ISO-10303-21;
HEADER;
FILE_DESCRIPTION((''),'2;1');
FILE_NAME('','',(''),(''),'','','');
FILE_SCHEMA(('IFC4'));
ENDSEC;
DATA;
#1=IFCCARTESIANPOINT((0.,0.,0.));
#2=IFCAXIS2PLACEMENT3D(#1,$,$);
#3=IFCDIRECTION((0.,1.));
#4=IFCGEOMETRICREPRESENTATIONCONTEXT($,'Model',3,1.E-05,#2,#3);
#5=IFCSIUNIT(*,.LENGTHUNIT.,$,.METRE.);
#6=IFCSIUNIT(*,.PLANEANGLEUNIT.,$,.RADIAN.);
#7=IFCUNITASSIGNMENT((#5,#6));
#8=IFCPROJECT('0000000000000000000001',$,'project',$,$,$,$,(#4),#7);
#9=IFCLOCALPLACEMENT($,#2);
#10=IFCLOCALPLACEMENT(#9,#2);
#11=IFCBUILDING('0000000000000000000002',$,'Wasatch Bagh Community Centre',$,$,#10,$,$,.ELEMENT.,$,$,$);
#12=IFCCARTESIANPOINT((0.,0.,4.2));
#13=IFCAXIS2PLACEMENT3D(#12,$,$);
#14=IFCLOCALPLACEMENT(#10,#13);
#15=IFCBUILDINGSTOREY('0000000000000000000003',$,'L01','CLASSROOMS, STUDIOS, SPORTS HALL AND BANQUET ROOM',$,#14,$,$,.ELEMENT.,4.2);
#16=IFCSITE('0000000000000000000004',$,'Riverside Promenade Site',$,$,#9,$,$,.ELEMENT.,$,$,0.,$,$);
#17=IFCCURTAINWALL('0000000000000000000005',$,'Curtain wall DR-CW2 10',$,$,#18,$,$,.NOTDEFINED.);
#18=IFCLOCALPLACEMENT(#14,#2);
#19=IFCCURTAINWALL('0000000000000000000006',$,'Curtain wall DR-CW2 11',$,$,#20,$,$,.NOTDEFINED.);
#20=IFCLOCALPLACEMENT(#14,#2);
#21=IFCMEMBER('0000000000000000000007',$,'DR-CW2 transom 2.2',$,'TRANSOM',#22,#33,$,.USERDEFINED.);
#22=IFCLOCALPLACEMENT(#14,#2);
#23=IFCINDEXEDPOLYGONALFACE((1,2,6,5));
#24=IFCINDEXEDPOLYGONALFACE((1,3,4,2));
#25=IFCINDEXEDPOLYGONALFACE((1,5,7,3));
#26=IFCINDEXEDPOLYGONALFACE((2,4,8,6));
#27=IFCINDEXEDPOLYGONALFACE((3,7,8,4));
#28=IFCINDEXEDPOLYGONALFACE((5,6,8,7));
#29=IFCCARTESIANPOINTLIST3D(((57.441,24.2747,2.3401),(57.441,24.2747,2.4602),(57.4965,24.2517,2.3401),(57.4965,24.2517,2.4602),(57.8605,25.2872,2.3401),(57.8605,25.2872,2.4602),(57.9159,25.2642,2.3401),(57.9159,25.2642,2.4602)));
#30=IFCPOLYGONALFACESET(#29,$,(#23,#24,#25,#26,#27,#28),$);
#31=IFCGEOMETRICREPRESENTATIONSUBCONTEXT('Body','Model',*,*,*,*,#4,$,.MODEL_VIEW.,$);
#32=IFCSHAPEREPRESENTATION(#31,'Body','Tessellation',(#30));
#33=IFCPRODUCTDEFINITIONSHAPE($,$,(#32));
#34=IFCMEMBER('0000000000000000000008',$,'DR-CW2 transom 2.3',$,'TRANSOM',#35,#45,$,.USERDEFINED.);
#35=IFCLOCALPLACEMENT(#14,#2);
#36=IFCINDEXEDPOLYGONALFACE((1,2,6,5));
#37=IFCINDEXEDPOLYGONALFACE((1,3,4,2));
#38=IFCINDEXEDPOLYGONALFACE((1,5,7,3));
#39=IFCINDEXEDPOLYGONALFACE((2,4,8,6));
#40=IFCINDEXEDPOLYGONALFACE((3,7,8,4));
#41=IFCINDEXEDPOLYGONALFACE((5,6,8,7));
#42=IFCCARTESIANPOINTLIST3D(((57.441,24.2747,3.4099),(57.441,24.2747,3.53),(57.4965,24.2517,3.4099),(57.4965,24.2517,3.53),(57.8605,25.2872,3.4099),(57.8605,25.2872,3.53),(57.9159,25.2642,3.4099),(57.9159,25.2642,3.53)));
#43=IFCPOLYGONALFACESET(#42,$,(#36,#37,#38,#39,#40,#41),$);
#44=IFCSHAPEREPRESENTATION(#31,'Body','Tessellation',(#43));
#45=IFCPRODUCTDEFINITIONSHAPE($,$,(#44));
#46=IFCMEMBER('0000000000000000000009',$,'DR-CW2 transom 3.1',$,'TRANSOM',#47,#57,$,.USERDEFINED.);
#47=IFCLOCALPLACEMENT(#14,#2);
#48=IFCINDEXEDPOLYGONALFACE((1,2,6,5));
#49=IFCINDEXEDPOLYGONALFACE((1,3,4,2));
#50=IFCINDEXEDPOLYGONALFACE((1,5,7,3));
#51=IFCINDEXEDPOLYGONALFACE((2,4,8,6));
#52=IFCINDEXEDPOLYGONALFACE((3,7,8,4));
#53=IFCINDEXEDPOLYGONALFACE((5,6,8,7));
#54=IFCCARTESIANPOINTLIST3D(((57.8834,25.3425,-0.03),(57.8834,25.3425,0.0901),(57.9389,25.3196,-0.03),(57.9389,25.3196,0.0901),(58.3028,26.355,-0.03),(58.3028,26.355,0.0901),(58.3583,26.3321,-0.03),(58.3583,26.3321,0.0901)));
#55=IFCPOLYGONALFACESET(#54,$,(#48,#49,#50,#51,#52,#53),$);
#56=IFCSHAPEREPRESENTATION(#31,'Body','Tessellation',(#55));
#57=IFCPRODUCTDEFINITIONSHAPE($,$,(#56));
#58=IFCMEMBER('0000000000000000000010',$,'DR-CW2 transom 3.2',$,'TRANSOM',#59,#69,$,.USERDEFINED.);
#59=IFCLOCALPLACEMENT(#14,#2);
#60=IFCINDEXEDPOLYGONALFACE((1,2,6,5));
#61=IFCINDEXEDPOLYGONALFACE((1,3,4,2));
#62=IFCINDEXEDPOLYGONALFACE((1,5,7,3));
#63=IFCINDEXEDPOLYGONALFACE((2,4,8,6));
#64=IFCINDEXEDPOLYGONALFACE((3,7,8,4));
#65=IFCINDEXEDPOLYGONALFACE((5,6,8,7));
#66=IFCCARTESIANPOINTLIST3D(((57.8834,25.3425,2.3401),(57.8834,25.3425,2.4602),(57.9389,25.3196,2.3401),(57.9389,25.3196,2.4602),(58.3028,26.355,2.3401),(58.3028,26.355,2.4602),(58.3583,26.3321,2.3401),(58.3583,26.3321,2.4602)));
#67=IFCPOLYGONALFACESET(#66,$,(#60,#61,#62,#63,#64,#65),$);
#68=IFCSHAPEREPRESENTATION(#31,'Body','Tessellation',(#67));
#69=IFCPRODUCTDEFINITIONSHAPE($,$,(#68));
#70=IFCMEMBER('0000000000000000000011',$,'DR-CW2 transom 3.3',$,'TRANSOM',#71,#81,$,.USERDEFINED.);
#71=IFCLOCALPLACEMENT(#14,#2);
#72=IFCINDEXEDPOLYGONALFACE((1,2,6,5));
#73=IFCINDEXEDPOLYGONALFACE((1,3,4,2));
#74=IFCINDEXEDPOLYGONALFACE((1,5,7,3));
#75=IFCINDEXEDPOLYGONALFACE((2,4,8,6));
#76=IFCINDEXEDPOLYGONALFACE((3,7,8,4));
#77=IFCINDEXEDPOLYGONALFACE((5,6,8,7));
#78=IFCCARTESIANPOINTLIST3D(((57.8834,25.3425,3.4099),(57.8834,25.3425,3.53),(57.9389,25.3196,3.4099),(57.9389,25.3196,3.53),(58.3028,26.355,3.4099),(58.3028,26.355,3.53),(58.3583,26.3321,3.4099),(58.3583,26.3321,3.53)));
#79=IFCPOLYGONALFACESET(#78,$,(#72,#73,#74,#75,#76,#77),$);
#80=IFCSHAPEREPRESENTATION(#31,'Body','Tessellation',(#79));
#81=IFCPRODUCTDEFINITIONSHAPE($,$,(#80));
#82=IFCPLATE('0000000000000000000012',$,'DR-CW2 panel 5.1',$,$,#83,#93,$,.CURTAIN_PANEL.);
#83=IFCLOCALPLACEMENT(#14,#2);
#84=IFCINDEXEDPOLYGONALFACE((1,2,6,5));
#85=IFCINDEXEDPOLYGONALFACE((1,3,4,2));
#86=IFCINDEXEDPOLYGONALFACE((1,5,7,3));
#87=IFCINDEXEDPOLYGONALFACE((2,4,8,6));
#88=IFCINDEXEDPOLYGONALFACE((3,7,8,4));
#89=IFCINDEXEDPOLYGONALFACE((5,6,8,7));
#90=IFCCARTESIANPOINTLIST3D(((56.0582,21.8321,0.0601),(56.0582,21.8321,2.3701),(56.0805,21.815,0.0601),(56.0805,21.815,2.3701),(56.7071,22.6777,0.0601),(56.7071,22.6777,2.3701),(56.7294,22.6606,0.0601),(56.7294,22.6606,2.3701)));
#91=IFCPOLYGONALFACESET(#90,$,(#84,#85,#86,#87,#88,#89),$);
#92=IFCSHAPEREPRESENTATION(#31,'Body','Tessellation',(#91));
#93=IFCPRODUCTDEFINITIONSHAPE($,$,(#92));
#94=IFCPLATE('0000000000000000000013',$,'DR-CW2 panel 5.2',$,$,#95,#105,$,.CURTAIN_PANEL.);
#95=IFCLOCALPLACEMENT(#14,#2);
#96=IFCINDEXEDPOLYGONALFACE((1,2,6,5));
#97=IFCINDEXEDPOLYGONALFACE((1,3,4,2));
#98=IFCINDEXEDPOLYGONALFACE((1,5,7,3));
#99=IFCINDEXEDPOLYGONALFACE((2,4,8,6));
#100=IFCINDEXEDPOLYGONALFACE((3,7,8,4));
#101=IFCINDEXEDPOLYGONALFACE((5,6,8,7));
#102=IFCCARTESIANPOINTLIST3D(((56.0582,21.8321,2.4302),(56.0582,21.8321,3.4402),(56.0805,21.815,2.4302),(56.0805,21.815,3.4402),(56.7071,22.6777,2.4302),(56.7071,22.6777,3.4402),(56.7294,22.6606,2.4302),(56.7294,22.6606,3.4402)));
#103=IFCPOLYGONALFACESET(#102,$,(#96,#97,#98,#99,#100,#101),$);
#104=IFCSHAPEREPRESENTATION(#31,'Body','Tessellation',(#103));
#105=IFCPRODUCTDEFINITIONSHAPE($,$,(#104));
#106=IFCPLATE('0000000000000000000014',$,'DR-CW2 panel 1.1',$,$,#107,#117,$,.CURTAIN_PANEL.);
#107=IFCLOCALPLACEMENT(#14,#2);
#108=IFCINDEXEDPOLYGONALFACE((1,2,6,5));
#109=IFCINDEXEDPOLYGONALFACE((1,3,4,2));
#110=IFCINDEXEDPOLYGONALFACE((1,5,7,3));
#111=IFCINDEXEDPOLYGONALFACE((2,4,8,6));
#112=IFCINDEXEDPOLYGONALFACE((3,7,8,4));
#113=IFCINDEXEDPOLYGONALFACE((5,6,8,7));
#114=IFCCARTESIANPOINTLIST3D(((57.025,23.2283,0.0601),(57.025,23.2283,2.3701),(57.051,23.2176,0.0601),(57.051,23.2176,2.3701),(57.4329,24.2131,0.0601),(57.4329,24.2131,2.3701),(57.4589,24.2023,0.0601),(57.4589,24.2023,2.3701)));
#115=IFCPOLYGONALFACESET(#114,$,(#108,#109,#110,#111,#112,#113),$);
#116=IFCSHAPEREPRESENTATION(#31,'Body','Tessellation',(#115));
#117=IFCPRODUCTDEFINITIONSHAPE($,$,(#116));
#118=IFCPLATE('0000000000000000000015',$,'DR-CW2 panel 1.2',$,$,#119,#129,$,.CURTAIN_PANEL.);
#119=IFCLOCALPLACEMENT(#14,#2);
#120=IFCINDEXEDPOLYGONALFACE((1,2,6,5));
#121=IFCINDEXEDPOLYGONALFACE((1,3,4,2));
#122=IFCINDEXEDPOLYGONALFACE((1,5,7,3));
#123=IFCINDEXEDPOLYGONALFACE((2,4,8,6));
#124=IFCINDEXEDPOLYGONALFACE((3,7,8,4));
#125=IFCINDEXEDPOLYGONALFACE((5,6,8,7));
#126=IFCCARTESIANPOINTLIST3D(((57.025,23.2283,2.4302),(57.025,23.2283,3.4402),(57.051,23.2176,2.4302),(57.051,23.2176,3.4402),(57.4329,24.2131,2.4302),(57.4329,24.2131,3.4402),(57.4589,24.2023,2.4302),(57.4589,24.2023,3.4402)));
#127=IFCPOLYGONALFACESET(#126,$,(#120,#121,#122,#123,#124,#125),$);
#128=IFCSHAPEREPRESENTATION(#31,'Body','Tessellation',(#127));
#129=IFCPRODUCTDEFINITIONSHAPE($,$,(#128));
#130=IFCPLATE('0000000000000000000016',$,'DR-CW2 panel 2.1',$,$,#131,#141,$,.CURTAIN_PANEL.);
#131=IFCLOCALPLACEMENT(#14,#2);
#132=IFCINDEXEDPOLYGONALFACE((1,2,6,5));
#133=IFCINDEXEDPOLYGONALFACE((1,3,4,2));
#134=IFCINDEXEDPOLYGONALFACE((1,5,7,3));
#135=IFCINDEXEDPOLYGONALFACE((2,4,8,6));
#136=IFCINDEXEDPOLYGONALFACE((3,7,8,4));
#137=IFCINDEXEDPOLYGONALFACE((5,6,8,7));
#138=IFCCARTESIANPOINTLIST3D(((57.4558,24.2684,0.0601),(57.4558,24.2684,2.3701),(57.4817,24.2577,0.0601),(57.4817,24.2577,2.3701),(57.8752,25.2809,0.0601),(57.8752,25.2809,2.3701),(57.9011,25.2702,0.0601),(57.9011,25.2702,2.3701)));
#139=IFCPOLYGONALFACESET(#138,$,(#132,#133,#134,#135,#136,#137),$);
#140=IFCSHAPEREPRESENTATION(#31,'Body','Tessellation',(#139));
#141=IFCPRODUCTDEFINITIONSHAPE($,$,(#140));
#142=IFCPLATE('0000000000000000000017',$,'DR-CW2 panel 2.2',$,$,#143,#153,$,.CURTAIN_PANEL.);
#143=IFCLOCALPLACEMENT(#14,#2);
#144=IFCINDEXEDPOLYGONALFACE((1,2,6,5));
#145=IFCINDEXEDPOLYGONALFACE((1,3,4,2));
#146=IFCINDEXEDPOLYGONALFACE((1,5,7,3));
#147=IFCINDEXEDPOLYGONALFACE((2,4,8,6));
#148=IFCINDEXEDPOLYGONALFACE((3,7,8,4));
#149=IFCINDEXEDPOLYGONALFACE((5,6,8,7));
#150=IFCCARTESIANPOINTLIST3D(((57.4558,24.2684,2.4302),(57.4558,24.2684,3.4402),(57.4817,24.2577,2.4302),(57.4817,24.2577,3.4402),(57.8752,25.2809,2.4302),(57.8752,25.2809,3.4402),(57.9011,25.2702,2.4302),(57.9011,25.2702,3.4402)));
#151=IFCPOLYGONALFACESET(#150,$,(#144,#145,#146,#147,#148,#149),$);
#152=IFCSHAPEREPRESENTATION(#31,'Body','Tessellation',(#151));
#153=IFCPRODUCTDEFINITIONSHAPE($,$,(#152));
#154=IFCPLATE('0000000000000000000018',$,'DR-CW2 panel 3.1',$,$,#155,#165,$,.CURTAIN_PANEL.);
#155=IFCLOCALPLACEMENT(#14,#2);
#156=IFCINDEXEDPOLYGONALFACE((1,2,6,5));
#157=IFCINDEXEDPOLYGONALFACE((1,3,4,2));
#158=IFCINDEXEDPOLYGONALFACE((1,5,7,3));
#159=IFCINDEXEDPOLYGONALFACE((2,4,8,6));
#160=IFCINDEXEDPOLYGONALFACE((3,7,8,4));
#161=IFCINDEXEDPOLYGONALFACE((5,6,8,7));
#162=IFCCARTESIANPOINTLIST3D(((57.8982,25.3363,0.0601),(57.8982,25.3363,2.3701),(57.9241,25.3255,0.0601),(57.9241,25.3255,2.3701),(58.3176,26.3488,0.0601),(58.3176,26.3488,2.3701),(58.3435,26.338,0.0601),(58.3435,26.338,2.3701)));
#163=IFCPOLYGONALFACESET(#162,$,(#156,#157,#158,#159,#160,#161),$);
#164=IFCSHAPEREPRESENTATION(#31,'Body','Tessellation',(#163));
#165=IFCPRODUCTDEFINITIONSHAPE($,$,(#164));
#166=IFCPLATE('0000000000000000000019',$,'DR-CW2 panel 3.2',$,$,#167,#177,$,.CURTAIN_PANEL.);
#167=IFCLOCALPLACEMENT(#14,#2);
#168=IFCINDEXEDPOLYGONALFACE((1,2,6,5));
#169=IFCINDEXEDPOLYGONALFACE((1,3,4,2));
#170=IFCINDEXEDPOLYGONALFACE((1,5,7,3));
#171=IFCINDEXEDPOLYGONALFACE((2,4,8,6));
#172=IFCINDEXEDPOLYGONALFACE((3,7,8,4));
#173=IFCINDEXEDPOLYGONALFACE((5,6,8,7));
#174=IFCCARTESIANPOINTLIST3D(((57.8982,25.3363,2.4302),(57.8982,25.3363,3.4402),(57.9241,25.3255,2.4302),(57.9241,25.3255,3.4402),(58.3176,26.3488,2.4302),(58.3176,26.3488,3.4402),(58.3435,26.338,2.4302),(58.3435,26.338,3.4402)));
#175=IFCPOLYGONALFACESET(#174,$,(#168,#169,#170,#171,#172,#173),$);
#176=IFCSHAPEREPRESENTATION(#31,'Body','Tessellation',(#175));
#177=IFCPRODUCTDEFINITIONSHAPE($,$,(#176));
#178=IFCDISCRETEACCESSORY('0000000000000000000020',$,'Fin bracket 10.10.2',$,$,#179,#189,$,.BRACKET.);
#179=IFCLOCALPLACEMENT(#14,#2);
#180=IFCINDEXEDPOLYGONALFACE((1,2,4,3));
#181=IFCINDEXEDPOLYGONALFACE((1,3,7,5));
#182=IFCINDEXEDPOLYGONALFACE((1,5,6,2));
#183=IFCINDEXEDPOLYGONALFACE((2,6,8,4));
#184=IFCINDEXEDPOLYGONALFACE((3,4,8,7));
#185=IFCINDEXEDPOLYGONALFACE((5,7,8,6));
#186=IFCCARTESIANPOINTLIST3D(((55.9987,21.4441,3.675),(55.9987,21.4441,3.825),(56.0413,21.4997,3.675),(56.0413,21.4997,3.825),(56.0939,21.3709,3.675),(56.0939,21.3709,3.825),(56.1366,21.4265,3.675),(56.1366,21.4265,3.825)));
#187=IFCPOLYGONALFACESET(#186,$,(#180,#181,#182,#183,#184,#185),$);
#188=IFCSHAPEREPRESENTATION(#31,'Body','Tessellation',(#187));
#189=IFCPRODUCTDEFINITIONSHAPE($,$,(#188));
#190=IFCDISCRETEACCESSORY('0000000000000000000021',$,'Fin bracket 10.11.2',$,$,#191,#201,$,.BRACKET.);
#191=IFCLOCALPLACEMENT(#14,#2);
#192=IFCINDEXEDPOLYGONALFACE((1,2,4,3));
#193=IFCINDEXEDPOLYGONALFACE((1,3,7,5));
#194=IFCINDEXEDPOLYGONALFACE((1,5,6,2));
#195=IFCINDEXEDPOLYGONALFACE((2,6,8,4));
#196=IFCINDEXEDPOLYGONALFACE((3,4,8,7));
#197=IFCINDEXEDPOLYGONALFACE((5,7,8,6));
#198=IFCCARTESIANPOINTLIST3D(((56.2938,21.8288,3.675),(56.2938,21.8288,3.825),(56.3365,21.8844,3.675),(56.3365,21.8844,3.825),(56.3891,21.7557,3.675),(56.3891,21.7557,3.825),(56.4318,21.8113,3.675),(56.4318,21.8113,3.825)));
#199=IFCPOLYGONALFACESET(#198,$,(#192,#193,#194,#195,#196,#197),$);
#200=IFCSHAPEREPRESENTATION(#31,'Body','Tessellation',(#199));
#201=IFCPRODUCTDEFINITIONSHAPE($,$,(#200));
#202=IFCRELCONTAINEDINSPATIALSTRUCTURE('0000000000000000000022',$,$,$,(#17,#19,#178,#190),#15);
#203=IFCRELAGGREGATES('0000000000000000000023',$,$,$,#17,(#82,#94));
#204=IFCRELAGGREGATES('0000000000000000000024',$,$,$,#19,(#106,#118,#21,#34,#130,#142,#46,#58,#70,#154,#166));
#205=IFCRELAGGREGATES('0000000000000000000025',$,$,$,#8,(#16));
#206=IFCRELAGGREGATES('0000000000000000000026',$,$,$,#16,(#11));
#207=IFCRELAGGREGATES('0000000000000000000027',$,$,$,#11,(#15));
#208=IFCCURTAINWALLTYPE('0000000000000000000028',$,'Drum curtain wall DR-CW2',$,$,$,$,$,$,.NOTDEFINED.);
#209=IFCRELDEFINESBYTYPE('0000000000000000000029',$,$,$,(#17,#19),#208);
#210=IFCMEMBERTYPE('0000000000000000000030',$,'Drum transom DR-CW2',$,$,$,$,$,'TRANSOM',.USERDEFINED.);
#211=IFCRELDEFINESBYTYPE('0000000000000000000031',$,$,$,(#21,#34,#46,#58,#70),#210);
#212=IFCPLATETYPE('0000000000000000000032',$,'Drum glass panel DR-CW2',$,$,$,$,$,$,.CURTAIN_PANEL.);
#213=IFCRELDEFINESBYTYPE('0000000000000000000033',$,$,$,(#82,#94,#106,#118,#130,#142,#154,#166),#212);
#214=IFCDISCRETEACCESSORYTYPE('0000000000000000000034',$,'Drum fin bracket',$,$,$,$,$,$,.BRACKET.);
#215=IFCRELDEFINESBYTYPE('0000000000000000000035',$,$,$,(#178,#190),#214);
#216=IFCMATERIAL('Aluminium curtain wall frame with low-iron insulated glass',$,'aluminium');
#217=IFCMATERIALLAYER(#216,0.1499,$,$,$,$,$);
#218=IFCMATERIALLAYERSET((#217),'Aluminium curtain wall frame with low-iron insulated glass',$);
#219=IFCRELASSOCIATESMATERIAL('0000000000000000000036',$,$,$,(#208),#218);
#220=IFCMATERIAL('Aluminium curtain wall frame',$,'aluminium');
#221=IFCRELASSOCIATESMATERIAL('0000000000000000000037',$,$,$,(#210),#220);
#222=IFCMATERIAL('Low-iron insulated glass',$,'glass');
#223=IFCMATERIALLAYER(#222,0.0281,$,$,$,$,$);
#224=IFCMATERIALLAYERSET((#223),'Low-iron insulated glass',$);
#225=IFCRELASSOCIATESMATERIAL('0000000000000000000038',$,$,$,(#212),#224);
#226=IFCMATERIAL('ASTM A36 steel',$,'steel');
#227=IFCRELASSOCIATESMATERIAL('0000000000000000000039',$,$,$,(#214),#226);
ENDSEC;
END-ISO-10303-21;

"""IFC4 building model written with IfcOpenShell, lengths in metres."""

from ifc_helpers import new_model, si_unit, direction, frame, origin, origin_2d, place, context, subcontext, project, spatial, rectangle, extrude, material, layer, layer_set, material_profile, profile_set, type_object, element, aggregate, save


model = new_model("IFC4")

# Units and contexts
model_context = context("Model", 3, precision=1e-05, world=origin(), true_north=direction((0.0, 1.0)))
body_context = subcontext(model_context, "Body", "Model", "MODEL_VIEW")
ifc_project = project(units=[si_unit("LENGTHUNIT", "METRE"), si_unit("PLANEANGLEUNIT", "RADIAN")], contexts=[model_context])

# Site, building, storey
site_placement = place(None, origin())
site = spatial("IfcSite", under=ifc_project, at=site_placement, Name="Riverside Promenade Site", CompositionType="ELEMENT", RefElevation=0.0)
building_placement = place(site_placement, origin())
building = spatial("IfcBuilding", under=site, at=building_placement, Name="Wasatch Bagh Community Centre", CompositionType="ELEMENT")
storey_placement = place(building_placement, frame((0.0, 0.0, 4.2)))
storey = spatial("IfcBuildingStorey", under=building, at=storey_placement, Name="L01", Description="CLASSROOMS, STUDIOS, SPORTS HALL AND BANQUET ROOM", CompositionType="ELEMENT", Elevation=4.2)

# Curtain walls
ifc_material_1 = material(Name="Aluminium curtain wall frame with low-iron insulated glass", Category="aluminium")
ifc_layer_1 = layer(ifc_material_1, 0.1499)
ifc_layer_set_1 = layer_set([ifc_layer_1], Name="Aluminium curtain wall frame with low-iron insulated glass")
curtain_wall_type = type_object("IfcCurtainWallType", Name="Drum curtain wall DR-CW2", PredefinedType="NOTDEFINED", material=ifc_layer_set_1)
curtain_wall_1_placement = place(storey_placement, origin())
curtain_wall_1 = element("IfcCurtainWall", 1, at=curtain_wall_1_placement, inside=storey, type_object=curtain_wall_type, Name="Curtain wall DR-CW2 10", PredefinedType="NOTDEFINED")
ifc_material_2 = material(Name="Aluminium curtain wall frame", Category="aluminium")
curtain_wall_2_placement = place(storey_placement, origin())
curtain_wall_2 = element("IfcCurtainWall", 2, at=curtain_wall_2_placement, inside=storey, type_object=curtain_wall_type, Name="Curtain wall DR-CW2 11", PredefinedType="NOTDEFINED")

# Members
ifc_material_profile_1 = material_profile(ifc_material_2, rectangle(XDim=0.0601, YDim=0.1201, at=origin_2d()), Name="Drum transom DR-CW2")
ifc_profile_set_1 = profile_set([ifc_material_profile_1], Name="Aluminium curtain wall frame")
member_type_1 = type_object("IfcMemberType", Name="Drum transom DR-CW2", ElementType="TRANSOM", PredefinedType="USERDEFINED", material=ifc_profile_set_1)
member_1_placement = place(storey_placement, frame((57.4688, 24.2632, 2.4001), z_axis=(0.382732, 0.923859, 0.0), x_axis=(-0.923859, 0.382732, 0.0)))
member_1 = element("IfcMember", 3, at=member_1_placement, type_object=member_type_1, Name="DR-CW2 transom 2.2", ObjectType="TRANSOM", PredefinedType="USERDEFINED", context=body_context, shape_type="SweptSolid", body=[
    extrude(rectangle(XDim=0.0601, YDim=0.1201, at=origin_2d()), origin(), (0.0, 0.0, 1.0), 1.0959),
])
member_2_placement = place(storey_placement, frame((57.4688, 24.2632, 3.47), z_axis=(0.382732, 0.923859, 0.0), x_axis=(-0.923859, 0.382732, 0.0)))
member_2 = element("IfcMember", 4, at=member_2_placement, type_object=member_type_1, Name="DR-CW2 transom 2.3", ObjectType="TRANSOM", PredefinedType="USERDEFINED", context=body_context, shape_type="SweptSolid", body=[
    extrude(rectangle(XDim=0.0601, YDim=0.1201, at=origin_2d()), origin(), (0.0, 0.0, 1.0), 1.0959),
])
member_3_placement = place(storey_placement, frame((57.9111, 25.3311, 0.03), z_axis=(0.382732, 0.923859, 0.0), x_axis=(-0.923859, 0.382732, 0.0)))
member_3 = element("IfcMember", 5, at=member_3_placement, type_object=member_type_1, Name="DR-CW2 transom 3.1", ObjectType="TRANSOM", PredefinedType="USERDEFINED", context=body_context, shape_type="SweptSolid", body=[
    extrude(rectangle(XDim=0.0601, YDim=0.1201, at=origin_2d()), origin(), (0.0, 0.0, 1.0), 1.0959),
])
member_4_placement = place(storey_placement, frame((57.9111, 25.3311, 2.4001), z_axis=(0.382732, 0.923859, 0.0), x_axis=(-0.923859, 0.382732, 0.0)))
member_4 = element("IfcMember", 6, at=member_4_placement, type_object=member_type_1, Name="DR-CW2 transom 3.2", ObjectType="TRANSOM", PredefinedType="USERDEFINED", context=body_context, shape_type="SweptSolid", body=[
    extrude(rectangle(XDim=0.0601, YDim=0.1201, at=origin_2d()), origin(), (0.0, 0.0, 1.0), 1.0959),
])
member_5_placement = place(storey_placement, frame((57.9111, 25.3311, 3.47), z_axis=(0.382732, 0.923859, 0.0), x_axis=(-0.923859, 0.382732, 0.0)))
member_5 = element("IfcMember", 7, at=member_5_placement, type_object=member_type_1, Name="DR-CW2 transom 3.3", ObjectType="TRANSOM", PredefinedType="USERDEFINED", context=body_context, shape_type="SweptSolid", body=[
    extrude(rectangle(XDim=0.0601, YDim=0.1201, at=origin_2d()), origin(), (0.0, 0.0, 1.0), 1.0959),
])

# Plates
ifc_material_3 = material(Name="Low-iron insulated glass", Category="glass")
ifc_layer_2 = layer(ifc_material_3, 0.0281)
ifc_layer_set_2 = layer_set([ifc_layer_2], Name="Low-iron insulated glass")
plate_type = type_object("IfcPlateType", Name="Drum glass panel DR-CW2", PredefinedType="CURTAIN_PANEL", material=ifc_layer_set_2)
plate_1_placement = place(storey_placement, frame((56.3938, 22.2463, 0.0601), z_axis=(0.0, 0.0, 1.0), x_axis=(0.608761, 0.793353, 0.0)))
plate_1 = element("IfcPlate", 8, at=plate_1_placement, type_object=plate_type, Name="DR-CW2 panel 5.1", PredefinedType="CURTAIN_PANEL", context=body_context, shape_type="SweptSolid", body=[
    extrude(rectangle(XDim=1.0659, YDim=0.0281, at=origin_2d()), origin(), (0.0, 0.0, 1.0), 2.3101),
])
plate_2_placement = place(storey_placement, frame((56.3938, 22.2463, 2.4302), z_axis=(0.0, 0.0, 1.0), x_axis=(0.608761, 0.793353, 0.0)))
plate_2 = element("IfcPlate", 9, at=plate_2_placement, type_object=plate_type, Name="DR-CW2 panel 5.2", PredefinedType="CURTAIN_PANEL", context=body_context, shape_type="SweptSolid", body=[
    extrude(rectangle(XDim=1.0659, YDim=0.0281, at=origin_2d()), origin(), (0.0, 0.0, 1.0), 1.01),
])
aggregate(curtain_wall_1, [plate_1, plate_2])
plate_3_placement = place(storey_placement, frame((57.2419, 23.7153, 0.0601), z_axis=(0.0, 0.0, 1.0), x_axis=(0.382683, 0.92388, 0.0)))
plate_3 = element("IfcPlate", 10, at=plate_3_placement, type_object=plate_type, Name="DR-CW2 panel 1.1", PredefinedType="CURTAIN_PANEL", context=body_context, shape_type="SweptSolid", body=[
    extrude(rectangle(XDim=1.0659, YDim=0.0281, at=origin_2d()), origin(), (0.0, 0.0, 1.0), 2.3101),
])
plate_4_placement = place(storey_placement, frame((57.2419, 23.7153, 2.4302), z_axis=(0.0, 0.0, 1.0), x_axis=(0.382683, 0.92388, 0.0)))
plate_4 = element("IfcPlate", 11, at=plate_4_placement, type_object=plate_type, Name="DR-CW2 panel 1.2", PredefinedType="CURTAIN_PANEL", context=body_context, shape_type="SweptSolid", body=[
    extrude(rectangle(XDim=1.0659, YDim=0.0281, at=origin_2d()), origin(), (0.0, 0.0, 1.0), 1.01),
])
plate_5_placement = place(storey_placement, frame((57.6785, 24.7693, 0.0601), z_axis=(0.0, 0.0, 1.0), x_axis=(0.382683, 0.92388, 0.0)))
plate_5 = element("IfcPlate", 12, at=plate_5_placement, type_object=plate_type, Name="DR-CW2 panel 2.1", PredefinedType="CURTAIN_PANEL", context=body_context, shape_type="SweptSolid", body=[
    extrude(rectangle(XDim=1.0959, YDim=0.0281, at=origin_2d()), origin(), (0.0, 0.0, 1.0), 2.3101),
])
plate_6_placement = place(storey_placement, frame((57.6785, 24.7693, 2.4302), z_axis=(0.0, 0.0, 1.0), x_axis=(0.382683, 0.92388, 0.0)))
plate_6 = element("IfcPlate", 13, at=plate_6_placement, type_object=plate_type, Name="DR-CW2 panel 2.2", PredefinedType="CURTAIN_PANEL", context=body_context, shape_type="SweptSolid", body=[
    extrude(rectangle(XDim=1.0959, YDim=0.0281, at=origin_2d()), origin(), (0.0, 0.0, 1.0), 1.01),
])
plate_7_placement = place(storey_placement, frame((58.1208, 25.8372, 0.0601), z_axis=(0.0, 0.0, 1.0), x_axis=(0.382683, 0.92388, 0.0)))
plate_7 = element("IfcPlate", 14, at=plate_7_placement, type_object=plate_type, Name="DR-CW2 panel 3.1", PredefinedType="CURTAIN_PANEL", context=body_context, shape_type="SweptSolid", body=[
    extrude(rectangle(XDim=1.0959, YDim=0.0281, at=origin_2d()), origin(), (0.0, 0.0, 1.0), 2.3101),
])
plate_8_placement = place(storey_placement, frame((58.1208, 25.8372, 2.4302), z_axis=(0.0, 0.0, 1.0), x_axis=(0.382683, 0.92388, 0.0)))
plate_8 = element("IfcPlate", 15, at=plate_8_placement, type_object=plate_type, Name="DR-CW2 panel 3.2", PredefinedType="CURTAIN_PANEL", context=body_context, shape_type="SweptSolid", body=[
    extrude(rectangle(XDim=1.0959, YDim=0.0281, at=origin_2d()), origin(), (0.0, 0.0, 1.0), 1.01),
])
aggregate(curtain_wall_2, [plate_3, plate_4, member_1, member_2, plate_5, plate_6, member_3, member_4, member_5, plate_7, plate_8])

# Discrete accessories
ifc_material_4 = material(Name="ASTM A36 steel", Category="steel")
discrete_accessory_type = type_object("IfcDiscreteAccessoryType", Name="Drum fin bracket", PredefinedType="BRACKET", material=ifc_material_4)
for number, where, z_axis, x_axis, name in (
    (16, (56.0676, 21.4353, 3.675), (0.0, 0.0, 1.0), (0.608761, 0.793353, 0.0), "Fin bracket 10.10.2"),
    (17, (56.3628, 21.8201, 3.675), (0.0, 0.0, 1.0), (0.608761, 0.793353, 0.0), "Fin bracket 10.11.2"),
):
    element("IfcDiscreteAccessory", number, at=place(storey_placement, frame(where, z_axis=z_axis, x_axis=x_axis)), inside=storey, type_object=discrete_accessory_type, Name=name, PredefinedType="BRACKET", context=body_context, shape_type="SweptSolid", body=[
        extrude(rectangle(XDim=0.0701, YDim=0.1201, at=origin_2d()), origin(), (0.0, 0.0, 1.0), 0.1499),
    ])

save(model, "model.ifc")
